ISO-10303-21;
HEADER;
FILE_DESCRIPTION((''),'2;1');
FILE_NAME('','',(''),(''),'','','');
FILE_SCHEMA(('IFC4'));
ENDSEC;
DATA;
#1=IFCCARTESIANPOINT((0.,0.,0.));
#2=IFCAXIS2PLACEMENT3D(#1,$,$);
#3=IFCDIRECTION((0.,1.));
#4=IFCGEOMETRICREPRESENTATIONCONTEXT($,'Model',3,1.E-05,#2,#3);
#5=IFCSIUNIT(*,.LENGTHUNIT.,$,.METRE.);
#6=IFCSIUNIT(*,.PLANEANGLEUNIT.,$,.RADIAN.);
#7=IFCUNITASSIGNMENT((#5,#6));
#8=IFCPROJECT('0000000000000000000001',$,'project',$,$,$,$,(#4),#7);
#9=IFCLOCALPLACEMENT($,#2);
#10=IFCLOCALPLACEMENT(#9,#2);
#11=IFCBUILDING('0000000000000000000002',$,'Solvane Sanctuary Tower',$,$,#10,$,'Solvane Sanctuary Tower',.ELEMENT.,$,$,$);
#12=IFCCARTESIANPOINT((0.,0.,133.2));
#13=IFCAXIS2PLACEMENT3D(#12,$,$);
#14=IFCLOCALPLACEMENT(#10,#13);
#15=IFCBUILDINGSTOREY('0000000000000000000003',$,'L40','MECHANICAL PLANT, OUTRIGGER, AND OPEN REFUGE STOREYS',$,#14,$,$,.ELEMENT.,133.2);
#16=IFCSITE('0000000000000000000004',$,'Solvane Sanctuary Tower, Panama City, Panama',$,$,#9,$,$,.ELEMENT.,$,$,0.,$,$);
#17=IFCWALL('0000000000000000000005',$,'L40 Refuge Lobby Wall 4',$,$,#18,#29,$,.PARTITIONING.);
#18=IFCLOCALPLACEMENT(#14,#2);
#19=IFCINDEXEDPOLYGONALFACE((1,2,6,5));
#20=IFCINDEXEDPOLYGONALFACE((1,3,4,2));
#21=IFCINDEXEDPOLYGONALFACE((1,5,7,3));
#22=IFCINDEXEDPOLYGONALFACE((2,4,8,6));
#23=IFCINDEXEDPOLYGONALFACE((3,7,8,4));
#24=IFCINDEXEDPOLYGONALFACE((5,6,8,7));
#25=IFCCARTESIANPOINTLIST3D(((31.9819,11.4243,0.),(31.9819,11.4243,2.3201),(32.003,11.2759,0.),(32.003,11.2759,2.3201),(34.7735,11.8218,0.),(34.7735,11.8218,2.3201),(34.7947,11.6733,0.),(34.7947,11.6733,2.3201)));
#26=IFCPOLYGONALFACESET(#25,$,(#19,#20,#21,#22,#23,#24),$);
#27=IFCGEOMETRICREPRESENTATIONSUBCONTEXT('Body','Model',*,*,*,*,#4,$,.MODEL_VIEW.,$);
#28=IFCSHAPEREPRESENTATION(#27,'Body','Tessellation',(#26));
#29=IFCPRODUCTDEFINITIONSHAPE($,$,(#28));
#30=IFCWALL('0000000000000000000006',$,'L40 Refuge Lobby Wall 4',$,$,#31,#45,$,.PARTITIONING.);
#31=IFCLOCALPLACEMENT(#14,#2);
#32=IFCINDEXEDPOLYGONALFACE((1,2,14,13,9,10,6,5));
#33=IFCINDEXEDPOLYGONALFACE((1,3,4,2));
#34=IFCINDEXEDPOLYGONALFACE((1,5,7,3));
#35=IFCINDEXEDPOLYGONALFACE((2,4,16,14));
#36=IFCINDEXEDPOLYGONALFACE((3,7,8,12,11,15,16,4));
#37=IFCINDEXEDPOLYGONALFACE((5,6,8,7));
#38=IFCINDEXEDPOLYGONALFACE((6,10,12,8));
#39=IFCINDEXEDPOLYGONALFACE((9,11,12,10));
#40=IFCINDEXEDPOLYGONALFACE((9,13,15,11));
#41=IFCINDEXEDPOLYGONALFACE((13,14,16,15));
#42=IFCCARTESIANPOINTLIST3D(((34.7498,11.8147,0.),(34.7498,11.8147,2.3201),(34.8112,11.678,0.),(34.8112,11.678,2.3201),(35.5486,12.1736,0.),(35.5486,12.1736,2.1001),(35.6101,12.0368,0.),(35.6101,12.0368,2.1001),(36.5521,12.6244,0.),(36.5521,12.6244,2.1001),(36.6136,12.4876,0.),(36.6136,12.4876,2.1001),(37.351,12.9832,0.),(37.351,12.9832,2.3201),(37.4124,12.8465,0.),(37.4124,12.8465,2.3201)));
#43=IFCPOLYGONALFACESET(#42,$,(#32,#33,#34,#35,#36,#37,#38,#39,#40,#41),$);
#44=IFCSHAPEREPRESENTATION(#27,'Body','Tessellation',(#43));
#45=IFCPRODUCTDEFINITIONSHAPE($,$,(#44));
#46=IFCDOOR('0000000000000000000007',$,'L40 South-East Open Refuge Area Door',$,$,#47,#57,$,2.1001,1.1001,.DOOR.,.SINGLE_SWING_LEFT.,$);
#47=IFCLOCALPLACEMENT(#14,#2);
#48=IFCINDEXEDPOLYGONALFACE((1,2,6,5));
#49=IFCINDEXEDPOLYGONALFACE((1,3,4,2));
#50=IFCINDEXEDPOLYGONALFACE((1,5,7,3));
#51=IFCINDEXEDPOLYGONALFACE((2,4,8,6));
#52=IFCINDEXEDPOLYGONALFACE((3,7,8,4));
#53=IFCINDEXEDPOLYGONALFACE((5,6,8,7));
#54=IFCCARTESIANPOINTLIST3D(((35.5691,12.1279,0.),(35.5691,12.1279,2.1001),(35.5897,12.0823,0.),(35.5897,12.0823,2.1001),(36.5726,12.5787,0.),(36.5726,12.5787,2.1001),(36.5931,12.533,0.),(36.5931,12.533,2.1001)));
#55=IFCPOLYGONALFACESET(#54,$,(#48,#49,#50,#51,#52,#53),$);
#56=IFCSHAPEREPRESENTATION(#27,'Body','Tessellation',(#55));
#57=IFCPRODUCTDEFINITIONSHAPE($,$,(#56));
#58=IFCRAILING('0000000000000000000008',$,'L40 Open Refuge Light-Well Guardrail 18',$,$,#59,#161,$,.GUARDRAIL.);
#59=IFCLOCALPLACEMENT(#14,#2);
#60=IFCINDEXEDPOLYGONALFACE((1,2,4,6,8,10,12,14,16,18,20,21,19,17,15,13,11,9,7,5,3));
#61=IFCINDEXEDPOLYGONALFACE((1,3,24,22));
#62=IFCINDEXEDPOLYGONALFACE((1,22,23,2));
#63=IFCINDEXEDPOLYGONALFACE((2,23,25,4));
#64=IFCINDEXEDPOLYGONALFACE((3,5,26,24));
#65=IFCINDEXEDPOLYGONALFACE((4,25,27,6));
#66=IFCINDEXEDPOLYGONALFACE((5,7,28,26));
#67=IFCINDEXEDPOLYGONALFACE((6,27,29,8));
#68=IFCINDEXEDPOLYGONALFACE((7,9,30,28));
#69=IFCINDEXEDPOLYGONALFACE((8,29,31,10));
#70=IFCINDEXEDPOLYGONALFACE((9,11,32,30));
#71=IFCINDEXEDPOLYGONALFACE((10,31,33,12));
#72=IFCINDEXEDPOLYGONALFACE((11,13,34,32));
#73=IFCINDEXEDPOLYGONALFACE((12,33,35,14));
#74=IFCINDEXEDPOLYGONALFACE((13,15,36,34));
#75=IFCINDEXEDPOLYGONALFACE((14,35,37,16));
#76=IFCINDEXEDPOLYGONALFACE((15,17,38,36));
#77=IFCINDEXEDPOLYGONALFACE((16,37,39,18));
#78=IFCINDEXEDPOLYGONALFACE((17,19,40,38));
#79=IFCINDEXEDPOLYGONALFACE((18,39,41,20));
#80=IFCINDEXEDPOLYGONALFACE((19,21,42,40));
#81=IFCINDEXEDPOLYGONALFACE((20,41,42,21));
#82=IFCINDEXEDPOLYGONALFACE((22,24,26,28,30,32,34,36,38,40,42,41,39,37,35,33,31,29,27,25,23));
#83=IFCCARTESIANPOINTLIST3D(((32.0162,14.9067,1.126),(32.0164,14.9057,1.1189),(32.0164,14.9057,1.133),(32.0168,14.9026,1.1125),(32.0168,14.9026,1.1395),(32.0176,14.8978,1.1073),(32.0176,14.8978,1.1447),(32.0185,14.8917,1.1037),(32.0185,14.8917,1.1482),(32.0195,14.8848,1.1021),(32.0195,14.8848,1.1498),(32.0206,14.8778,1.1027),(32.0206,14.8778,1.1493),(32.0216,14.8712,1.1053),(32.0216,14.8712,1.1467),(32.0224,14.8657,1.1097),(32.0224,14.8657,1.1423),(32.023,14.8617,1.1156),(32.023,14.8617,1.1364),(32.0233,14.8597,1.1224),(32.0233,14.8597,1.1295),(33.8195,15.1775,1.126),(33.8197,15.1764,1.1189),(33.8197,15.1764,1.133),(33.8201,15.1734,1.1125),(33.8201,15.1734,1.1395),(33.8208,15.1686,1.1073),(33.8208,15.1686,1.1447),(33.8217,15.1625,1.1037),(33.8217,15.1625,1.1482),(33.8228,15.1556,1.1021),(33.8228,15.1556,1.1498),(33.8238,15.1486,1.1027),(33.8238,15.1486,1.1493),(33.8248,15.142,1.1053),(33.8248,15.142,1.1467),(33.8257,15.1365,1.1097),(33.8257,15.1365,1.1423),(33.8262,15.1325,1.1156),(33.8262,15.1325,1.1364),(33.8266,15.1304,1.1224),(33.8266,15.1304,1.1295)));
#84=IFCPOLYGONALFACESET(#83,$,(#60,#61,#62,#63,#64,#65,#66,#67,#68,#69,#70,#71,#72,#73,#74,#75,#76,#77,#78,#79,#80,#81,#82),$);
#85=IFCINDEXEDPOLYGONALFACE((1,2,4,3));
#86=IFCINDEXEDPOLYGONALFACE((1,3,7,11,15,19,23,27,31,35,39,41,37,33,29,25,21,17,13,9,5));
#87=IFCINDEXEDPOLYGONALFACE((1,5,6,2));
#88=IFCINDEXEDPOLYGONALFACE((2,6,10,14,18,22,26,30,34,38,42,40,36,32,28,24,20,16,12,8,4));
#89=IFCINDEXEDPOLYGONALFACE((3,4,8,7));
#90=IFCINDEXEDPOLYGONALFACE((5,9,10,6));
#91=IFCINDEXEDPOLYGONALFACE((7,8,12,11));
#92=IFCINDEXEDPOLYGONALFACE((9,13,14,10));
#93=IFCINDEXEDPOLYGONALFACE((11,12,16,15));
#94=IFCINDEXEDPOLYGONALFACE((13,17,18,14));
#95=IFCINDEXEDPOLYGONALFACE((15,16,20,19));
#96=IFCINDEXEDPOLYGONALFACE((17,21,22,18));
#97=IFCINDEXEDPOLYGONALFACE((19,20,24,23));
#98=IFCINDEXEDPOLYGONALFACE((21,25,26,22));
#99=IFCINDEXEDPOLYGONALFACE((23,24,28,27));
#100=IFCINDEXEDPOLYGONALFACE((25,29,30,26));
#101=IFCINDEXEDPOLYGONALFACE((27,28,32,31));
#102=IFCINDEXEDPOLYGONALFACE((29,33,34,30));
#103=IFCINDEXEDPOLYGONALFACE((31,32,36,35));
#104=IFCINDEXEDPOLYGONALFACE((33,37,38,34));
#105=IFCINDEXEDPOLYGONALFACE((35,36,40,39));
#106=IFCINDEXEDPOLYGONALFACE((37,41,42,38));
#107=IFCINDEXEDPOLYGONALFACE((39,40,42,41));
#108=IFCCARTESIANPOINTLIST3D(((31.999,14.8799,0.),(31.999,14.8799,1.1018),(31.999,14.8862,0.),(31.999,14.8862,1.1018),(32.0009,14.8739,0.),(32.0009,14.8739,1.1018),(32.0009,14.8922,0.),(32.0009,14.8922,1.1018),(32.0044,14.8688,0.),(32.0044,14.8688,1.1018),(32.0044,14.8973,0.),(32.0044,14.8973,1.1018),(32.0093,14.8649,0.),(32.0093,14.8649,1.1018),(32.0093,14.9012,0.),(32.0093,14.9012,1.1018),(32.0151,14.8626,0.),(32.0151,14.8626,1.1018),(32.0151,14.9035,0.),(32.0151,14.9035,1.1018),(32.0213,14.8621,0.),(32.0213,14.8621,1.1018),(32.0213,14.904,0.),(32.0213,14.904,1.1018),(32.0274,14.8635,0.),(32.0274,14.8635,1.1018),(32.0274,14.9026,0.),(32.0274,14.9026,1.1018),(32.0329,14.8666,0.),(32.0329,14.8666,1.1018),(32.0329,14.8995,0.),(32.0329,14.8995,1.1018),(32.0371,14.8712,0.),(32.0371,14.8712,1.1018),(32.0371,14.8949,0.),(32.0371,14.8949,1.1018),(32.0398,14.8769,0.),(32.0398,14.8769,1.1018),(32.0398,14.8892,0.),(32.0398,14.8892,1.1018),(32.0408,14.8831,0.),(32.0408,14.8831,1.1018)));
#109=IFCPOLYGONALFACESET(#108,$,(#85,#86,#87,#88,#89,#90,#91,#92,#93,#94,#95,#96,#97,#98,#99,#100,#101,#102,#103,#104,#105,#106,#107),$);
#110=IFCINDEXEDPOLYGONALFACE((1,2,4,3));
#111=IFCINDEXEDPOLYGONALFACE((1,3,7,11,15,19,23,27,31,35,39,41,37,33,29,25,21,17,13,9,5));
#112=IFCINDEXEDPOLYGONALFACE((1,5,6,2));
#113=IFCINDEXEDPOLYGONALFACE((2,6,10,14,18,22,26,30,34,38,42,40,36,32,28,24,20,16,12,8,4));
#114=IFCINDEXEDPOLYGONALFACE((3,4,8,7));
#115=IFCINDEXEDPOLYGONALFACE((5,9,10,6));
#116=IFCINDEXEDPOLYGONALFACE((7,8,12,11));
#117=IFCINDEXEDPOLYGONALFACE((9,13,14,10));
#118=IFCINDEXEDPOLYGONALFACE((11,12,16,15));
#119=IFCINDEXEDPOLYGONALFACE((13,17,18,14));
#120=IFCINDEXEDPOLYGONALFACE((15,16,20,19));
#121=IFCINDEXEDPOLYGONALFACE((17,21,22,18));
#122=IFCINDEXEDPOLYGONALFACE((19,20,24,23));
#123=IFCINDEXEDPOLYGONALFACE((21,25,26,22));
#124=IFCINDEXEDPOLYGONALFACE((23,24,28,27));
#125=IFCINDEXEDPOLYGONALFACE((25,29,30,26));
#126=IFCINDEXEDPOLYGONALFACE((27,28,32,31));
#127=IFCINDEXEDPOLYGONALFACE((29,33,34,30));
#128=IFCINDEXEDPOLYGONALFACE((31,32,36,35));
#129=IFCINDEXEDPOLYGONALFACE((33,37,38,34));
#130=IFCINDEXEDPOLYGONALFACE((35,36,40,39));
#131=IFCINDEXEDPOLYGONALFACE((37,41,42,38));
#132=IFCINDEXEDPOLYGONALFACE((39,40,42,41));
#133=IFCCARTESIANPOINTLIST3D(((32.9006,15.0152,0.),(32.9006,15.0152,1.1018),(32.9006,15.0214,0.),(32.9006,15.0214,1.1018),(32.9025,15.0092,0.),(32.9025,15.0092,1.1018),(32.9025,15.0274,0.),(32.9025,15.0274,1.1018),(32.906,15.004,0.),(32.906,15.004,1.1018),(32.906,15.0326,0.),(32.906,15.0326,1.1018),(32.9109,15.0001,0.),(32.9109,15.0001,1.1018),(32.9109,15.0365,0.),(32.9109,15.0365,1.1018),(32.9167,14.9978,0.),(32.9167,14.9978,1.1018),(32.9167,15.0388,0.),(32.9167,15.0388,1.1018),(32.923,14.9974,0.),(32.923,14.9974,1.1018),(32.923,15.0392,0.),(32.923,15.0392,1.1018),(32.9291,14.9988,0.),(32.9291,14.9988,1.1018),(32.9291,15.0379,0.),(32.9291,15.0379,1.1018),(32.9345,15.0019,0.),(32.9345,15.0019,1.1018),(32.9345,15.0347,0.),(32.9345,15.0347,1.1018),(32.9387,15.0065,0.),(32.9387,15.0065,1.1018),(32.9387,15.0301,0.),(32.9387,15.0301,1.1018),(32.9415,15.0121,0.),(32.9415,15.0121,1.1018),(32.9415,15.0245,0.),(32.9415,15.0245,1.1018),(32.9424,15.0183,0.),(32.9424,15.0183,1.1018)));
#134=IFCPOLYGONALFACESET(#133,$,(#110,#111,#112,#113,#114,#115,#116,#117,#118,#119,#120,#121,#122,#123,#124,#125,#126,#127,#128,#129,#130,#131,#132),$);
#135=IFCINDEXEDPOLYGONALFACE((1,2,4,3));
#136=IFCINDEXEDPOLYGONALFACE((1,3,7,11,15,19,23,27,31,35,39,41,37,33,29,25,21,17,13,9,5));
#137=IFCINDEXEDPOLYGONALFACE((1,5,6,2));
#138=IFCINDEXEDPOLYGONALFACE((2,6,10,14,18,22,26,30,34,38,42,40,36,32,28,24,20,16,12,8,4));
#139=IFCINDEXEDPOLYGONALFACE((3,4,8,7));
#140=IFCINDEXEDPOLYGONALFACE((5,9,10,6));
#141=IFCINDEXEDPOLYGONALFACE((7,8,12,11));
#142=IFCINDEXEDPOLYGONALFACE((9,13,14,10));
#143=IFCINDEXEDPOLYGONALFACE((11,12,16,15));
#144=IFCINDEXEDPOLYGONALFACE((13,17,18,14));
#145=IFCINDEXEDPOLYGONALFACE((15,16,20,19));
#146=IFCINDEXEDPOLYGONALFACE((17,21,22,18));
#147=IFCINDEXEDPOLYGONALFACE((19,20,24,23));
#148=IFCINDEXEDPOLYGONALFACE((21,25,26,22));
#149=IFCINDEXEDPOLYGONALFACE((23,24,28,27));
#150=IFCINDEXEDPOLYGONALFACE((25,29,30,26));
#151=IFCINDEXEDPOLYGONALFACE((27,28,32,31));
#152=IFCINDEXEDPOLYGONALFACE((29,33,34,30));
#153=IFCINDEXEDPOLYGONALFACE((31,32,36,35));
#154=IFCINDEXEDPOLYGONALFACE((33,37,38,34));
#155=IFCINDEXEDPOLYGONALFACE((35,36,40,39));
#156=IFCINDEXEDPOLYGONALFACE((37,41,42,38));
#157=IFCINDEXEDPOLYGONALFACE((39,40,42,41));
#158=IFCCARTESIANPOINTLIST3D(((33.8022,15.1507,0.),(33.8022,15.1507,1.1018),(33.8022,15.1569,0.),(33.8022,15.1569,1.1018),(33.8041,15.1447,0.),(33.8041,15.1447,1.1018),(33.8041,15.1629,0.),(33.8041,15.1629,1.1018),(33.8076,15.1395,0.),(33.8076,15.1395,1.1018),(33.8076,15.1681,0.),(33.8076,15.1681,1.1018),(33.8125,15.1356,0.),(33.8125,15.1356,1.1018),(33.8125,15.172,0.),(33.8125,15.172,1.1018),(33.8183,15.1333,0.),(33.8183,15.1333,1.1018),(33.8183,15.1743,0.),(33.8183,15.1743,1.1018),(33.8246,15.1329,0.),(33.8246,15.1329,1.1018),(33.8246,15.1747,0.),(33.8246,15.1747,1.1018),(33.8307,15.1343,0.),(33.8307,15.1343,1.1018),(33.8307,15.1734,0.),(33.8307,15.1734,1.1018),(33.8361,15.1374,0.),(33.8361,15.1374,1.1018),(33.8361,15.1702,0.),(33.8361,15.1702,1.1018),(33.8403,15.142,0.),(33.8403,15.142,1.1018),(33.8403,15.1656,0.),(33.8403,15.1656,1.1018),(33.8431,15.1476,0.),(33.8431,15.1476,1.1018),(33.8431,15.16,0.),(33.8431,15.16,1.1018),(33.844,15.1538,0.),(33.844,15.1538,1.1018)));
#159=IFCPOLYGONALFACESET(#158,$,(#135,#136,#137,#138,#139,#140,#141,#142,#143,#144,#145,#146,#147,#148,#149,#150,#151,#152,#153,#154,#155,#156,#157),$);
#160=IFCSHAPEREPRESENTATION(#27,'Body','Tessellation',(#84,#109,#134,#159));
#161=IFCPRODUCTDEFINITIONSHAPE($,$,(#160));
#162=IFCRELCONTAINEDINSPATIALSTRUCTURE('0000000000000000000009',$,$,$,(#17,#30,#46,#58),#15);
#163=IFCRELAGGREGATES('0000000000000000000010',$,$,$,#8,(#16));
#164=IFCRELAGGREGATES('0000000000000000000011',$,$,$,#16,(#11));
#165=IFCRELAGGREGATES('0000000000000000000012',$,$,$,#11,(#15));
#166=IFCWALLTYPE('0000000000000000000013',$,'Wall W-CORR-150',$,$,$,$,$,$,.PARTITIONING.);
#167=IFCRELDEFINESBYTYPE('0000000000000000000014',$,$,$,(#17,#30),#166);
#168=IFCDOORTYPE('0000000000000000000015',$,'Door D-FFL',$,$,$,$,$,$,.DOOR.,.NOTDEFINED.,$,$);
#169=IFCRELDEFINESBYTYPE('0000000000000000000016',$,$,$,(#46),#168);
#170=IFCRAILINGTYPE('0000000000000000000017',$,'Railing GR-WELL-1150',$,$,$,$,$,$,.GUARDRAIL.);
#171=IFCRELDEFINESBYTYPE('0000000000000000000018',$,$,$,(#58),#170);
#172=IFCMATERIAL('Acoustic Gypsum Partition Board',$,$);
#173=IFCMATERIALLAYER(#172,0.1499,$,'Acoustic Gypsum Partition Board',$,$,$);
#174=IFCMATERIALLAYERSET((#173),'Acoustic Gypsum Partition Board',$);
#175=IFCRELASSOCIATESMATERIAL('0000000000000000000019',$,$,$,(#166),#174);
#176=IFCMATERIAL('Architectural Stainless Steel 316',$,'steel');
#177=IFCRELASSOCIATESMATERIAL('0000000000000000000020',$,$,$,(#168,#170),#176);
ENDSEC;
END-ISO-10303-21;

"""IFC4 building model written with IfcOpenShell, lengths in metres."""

from ifc_helpers import new_model, si_unit, direction, frame, frame_2d, origin, origin_2d, place, context, subcontext, project, spatial, rectangle, circle, extrude, material, layer, layer_set, type_object, element, fill, save


model = new_model("IFC4")

# Units and contexts
model_context = context("Model", 3, precision=1e-05, world=origin(), true_north=direction((0.0, 1.0)))
body_context = subcontext(model_context, "Body", "Model", "MODEL_VIEW")
ifc_project = project(units=[si_unit("LENGTHUNIT", "METRE"), si_unit("PLANEANGLEUNIT", "RADIAN")], contexts=[model_context])

# Site, building, storey
site_placement = place(None, origin())
site = spatial("IfcSite", under=ifc_project, at=site_placement, Name="Solvane Sanctuary Tower, Panama City, Panama", CompositionType="ELEMENT", RefElevation=0.0)
building_placement = place(site_placement, origin())
building = spatial("IfcBuilding", under=site, at=building_placement, Name="Solvane Sanctuary Tower", LongName="Solvane Sanctuary Tower", CompositionType="ELEMENT")
storey_placement = place(building_placement, frame((0.0, 0.0, 133.2)))
storey = spatial("IfcBuildingStorey", under=building, at=storey_placement, Name="L40", Description="MECHANICAL PLANT, OUTRIGGER, AND OPEN REFUGE STOREYS", CompositionType="ELEMENT", Elevation=133.2)

# Wall
ifc_material_1 = material(Name="Acoustic Gypsum Partition Board")
ifc_layer = layer(ifc_material_1, 0.1499, Name="Acoustic Gypsum Partition Board")
ifc_layer_set = layer_set([ifc_layer], Name="Acoustic Gypsum Partition Board")
wall_type = type_object("IfcWallType", Name="Wall W-CORR-150", PredefinedType="PARTITIONING", material=ifc_layer_set)
wall_1_placement = place(storey_placement, frame((31.9924, 11.3501, 0.0), z_axis=(0.0, 0.0, 1.0), x_axis=(0.990017, 0.140949, 0.0)))
element("IfcWall", 1, at=wall_1_placement, inside=storey, type_object=wall_type, Name="L40 Refuge Lobby Wall 4", PredefinedType="PARTITIONING", context=body_context, shape_type="SweptSolid", body=[
    extrude(rectangle(XDim=2.8198, YDim=0.1499, at=frame_2d((1.4099, 0.0))), origin(), (0.0, 0.0, 1.0), 2.3201),
])

# Wall, opening, door
wall_2_placement = place(storey_placement, frame((34.7805, 11.7463, 0.0), z_axis=(0.0, 0.0, 1.0), x_axis=(0.912187, 0.409774, 0.0)))
wall_2 = element("IfcWall", 2, at=wall_2_placement, inside=storey, type_object=wall_type, Name="L40 Refuge Lobby Wall 4", PredefinedType="PARTITIONING", context=body_context, shape_type="SweptSolid", body=[
    extrude(rectangle(XDim=2.8516, YDim=0.1499, at=frame_2d((1.4258, 0.0))), origin(), (0.0, 0.0, 1.0), 2.3201),
])
opening_placement = place(wall_2_placement, frame((0.8757, 0.0, 0.0)))
opening = element("IfcOpeningElement", 3, at=opening_placement, cuts=wall_2, PredefinedType="OPENING", context=body_context, shape_type="SweptSolid", body=[
    extrude(rectangle(XDim=1.1001, YDim=2.1001, at=frame_2d((0.55, 1.05))), frame((0.0, 0.085, 0.0), z_axis=(0.0, -1.0, 0.0), x_axis=(1.0, 0.0, 0.0)), (0.0, 0.0, 1.0), 0.1699),
])
ifc_material_2 = material(Name="Architectural Stainless Steel 316", Category="steel")
door_type = type_object("IfcDoorType", Name="Door D-FFL", OperationType="NOTDEFINED", PredefinedType="DOOR", material=ifc_material_2)
door_placement = place(opening_placement, origin())
door = element("IfcDoor", 4, at=door_placement, inside=storey, type_object=door_type, Name="L40 South-East Open Refuge Area Door", OperationType="SINGLE_SWING_LEFT", OverallHeight=2.1001, OverallWidth=1.1001, PredefinedType="DOOR", context=body_context, shape_type="SweptSolid", body=[
    extrude(rectangle(XDim=1.1001, YDim=2.1001, at=frame_2d((0.55, 1.05))), frame((0.0, 0.0249, 0.0), z_axis=(0.0, -1.0, 0.0), x_axis=(1.0, 0.0, 0.0)), (0.0, 0.0, 1.0), 0.05),
])
fill(opening, door)

# Railing
railing_type_1 = type_object("IfcRailingType", Name="Railing GR-WELL-1150", PredefinedType="GUARDRAIL", material=ifc_material_2)
railing_1_placement = place(storey_placement, frame((32.0198, 14.8831, 0.0)))
element("IfcRailing", 5, at=railing_1_placement, inside=storey, type_object=railing_type_1, Name="L40 Open Refuge Light-Well Guardrail 18", PredefinedType="GUARDRAIL", context=body_context, shape_type="SweptSolid", body=[
    extrude(circle(Radius=0.0239, at=origin_2d()), frame((0.0, 0.0, 1.126), z_axis=(0.988915, 0.148484, 0.0), x_axis=(-0.148484, 0.988915, 0.0)), (0.0, 0.0, 1.0), 1.8235),
    extrude(circle(Radius=0.021, at=origin_2d()), origin(), (0.0, 0.0, 1.0), 1.1018),
    extrude(circle(Radius=0.021, at=origin_2d()), frame((0.9016, 0.1353, 0.0)), (0.0, 0.0, 1.0), 1.1018),
    extrude(circle(Radius=0.021, at=origin_2d()), frame((1.8032, 0.2708, 0.0)), (0.0, 0.0, 1.0), 1.1018),
])

save(model, "model.ifc")
